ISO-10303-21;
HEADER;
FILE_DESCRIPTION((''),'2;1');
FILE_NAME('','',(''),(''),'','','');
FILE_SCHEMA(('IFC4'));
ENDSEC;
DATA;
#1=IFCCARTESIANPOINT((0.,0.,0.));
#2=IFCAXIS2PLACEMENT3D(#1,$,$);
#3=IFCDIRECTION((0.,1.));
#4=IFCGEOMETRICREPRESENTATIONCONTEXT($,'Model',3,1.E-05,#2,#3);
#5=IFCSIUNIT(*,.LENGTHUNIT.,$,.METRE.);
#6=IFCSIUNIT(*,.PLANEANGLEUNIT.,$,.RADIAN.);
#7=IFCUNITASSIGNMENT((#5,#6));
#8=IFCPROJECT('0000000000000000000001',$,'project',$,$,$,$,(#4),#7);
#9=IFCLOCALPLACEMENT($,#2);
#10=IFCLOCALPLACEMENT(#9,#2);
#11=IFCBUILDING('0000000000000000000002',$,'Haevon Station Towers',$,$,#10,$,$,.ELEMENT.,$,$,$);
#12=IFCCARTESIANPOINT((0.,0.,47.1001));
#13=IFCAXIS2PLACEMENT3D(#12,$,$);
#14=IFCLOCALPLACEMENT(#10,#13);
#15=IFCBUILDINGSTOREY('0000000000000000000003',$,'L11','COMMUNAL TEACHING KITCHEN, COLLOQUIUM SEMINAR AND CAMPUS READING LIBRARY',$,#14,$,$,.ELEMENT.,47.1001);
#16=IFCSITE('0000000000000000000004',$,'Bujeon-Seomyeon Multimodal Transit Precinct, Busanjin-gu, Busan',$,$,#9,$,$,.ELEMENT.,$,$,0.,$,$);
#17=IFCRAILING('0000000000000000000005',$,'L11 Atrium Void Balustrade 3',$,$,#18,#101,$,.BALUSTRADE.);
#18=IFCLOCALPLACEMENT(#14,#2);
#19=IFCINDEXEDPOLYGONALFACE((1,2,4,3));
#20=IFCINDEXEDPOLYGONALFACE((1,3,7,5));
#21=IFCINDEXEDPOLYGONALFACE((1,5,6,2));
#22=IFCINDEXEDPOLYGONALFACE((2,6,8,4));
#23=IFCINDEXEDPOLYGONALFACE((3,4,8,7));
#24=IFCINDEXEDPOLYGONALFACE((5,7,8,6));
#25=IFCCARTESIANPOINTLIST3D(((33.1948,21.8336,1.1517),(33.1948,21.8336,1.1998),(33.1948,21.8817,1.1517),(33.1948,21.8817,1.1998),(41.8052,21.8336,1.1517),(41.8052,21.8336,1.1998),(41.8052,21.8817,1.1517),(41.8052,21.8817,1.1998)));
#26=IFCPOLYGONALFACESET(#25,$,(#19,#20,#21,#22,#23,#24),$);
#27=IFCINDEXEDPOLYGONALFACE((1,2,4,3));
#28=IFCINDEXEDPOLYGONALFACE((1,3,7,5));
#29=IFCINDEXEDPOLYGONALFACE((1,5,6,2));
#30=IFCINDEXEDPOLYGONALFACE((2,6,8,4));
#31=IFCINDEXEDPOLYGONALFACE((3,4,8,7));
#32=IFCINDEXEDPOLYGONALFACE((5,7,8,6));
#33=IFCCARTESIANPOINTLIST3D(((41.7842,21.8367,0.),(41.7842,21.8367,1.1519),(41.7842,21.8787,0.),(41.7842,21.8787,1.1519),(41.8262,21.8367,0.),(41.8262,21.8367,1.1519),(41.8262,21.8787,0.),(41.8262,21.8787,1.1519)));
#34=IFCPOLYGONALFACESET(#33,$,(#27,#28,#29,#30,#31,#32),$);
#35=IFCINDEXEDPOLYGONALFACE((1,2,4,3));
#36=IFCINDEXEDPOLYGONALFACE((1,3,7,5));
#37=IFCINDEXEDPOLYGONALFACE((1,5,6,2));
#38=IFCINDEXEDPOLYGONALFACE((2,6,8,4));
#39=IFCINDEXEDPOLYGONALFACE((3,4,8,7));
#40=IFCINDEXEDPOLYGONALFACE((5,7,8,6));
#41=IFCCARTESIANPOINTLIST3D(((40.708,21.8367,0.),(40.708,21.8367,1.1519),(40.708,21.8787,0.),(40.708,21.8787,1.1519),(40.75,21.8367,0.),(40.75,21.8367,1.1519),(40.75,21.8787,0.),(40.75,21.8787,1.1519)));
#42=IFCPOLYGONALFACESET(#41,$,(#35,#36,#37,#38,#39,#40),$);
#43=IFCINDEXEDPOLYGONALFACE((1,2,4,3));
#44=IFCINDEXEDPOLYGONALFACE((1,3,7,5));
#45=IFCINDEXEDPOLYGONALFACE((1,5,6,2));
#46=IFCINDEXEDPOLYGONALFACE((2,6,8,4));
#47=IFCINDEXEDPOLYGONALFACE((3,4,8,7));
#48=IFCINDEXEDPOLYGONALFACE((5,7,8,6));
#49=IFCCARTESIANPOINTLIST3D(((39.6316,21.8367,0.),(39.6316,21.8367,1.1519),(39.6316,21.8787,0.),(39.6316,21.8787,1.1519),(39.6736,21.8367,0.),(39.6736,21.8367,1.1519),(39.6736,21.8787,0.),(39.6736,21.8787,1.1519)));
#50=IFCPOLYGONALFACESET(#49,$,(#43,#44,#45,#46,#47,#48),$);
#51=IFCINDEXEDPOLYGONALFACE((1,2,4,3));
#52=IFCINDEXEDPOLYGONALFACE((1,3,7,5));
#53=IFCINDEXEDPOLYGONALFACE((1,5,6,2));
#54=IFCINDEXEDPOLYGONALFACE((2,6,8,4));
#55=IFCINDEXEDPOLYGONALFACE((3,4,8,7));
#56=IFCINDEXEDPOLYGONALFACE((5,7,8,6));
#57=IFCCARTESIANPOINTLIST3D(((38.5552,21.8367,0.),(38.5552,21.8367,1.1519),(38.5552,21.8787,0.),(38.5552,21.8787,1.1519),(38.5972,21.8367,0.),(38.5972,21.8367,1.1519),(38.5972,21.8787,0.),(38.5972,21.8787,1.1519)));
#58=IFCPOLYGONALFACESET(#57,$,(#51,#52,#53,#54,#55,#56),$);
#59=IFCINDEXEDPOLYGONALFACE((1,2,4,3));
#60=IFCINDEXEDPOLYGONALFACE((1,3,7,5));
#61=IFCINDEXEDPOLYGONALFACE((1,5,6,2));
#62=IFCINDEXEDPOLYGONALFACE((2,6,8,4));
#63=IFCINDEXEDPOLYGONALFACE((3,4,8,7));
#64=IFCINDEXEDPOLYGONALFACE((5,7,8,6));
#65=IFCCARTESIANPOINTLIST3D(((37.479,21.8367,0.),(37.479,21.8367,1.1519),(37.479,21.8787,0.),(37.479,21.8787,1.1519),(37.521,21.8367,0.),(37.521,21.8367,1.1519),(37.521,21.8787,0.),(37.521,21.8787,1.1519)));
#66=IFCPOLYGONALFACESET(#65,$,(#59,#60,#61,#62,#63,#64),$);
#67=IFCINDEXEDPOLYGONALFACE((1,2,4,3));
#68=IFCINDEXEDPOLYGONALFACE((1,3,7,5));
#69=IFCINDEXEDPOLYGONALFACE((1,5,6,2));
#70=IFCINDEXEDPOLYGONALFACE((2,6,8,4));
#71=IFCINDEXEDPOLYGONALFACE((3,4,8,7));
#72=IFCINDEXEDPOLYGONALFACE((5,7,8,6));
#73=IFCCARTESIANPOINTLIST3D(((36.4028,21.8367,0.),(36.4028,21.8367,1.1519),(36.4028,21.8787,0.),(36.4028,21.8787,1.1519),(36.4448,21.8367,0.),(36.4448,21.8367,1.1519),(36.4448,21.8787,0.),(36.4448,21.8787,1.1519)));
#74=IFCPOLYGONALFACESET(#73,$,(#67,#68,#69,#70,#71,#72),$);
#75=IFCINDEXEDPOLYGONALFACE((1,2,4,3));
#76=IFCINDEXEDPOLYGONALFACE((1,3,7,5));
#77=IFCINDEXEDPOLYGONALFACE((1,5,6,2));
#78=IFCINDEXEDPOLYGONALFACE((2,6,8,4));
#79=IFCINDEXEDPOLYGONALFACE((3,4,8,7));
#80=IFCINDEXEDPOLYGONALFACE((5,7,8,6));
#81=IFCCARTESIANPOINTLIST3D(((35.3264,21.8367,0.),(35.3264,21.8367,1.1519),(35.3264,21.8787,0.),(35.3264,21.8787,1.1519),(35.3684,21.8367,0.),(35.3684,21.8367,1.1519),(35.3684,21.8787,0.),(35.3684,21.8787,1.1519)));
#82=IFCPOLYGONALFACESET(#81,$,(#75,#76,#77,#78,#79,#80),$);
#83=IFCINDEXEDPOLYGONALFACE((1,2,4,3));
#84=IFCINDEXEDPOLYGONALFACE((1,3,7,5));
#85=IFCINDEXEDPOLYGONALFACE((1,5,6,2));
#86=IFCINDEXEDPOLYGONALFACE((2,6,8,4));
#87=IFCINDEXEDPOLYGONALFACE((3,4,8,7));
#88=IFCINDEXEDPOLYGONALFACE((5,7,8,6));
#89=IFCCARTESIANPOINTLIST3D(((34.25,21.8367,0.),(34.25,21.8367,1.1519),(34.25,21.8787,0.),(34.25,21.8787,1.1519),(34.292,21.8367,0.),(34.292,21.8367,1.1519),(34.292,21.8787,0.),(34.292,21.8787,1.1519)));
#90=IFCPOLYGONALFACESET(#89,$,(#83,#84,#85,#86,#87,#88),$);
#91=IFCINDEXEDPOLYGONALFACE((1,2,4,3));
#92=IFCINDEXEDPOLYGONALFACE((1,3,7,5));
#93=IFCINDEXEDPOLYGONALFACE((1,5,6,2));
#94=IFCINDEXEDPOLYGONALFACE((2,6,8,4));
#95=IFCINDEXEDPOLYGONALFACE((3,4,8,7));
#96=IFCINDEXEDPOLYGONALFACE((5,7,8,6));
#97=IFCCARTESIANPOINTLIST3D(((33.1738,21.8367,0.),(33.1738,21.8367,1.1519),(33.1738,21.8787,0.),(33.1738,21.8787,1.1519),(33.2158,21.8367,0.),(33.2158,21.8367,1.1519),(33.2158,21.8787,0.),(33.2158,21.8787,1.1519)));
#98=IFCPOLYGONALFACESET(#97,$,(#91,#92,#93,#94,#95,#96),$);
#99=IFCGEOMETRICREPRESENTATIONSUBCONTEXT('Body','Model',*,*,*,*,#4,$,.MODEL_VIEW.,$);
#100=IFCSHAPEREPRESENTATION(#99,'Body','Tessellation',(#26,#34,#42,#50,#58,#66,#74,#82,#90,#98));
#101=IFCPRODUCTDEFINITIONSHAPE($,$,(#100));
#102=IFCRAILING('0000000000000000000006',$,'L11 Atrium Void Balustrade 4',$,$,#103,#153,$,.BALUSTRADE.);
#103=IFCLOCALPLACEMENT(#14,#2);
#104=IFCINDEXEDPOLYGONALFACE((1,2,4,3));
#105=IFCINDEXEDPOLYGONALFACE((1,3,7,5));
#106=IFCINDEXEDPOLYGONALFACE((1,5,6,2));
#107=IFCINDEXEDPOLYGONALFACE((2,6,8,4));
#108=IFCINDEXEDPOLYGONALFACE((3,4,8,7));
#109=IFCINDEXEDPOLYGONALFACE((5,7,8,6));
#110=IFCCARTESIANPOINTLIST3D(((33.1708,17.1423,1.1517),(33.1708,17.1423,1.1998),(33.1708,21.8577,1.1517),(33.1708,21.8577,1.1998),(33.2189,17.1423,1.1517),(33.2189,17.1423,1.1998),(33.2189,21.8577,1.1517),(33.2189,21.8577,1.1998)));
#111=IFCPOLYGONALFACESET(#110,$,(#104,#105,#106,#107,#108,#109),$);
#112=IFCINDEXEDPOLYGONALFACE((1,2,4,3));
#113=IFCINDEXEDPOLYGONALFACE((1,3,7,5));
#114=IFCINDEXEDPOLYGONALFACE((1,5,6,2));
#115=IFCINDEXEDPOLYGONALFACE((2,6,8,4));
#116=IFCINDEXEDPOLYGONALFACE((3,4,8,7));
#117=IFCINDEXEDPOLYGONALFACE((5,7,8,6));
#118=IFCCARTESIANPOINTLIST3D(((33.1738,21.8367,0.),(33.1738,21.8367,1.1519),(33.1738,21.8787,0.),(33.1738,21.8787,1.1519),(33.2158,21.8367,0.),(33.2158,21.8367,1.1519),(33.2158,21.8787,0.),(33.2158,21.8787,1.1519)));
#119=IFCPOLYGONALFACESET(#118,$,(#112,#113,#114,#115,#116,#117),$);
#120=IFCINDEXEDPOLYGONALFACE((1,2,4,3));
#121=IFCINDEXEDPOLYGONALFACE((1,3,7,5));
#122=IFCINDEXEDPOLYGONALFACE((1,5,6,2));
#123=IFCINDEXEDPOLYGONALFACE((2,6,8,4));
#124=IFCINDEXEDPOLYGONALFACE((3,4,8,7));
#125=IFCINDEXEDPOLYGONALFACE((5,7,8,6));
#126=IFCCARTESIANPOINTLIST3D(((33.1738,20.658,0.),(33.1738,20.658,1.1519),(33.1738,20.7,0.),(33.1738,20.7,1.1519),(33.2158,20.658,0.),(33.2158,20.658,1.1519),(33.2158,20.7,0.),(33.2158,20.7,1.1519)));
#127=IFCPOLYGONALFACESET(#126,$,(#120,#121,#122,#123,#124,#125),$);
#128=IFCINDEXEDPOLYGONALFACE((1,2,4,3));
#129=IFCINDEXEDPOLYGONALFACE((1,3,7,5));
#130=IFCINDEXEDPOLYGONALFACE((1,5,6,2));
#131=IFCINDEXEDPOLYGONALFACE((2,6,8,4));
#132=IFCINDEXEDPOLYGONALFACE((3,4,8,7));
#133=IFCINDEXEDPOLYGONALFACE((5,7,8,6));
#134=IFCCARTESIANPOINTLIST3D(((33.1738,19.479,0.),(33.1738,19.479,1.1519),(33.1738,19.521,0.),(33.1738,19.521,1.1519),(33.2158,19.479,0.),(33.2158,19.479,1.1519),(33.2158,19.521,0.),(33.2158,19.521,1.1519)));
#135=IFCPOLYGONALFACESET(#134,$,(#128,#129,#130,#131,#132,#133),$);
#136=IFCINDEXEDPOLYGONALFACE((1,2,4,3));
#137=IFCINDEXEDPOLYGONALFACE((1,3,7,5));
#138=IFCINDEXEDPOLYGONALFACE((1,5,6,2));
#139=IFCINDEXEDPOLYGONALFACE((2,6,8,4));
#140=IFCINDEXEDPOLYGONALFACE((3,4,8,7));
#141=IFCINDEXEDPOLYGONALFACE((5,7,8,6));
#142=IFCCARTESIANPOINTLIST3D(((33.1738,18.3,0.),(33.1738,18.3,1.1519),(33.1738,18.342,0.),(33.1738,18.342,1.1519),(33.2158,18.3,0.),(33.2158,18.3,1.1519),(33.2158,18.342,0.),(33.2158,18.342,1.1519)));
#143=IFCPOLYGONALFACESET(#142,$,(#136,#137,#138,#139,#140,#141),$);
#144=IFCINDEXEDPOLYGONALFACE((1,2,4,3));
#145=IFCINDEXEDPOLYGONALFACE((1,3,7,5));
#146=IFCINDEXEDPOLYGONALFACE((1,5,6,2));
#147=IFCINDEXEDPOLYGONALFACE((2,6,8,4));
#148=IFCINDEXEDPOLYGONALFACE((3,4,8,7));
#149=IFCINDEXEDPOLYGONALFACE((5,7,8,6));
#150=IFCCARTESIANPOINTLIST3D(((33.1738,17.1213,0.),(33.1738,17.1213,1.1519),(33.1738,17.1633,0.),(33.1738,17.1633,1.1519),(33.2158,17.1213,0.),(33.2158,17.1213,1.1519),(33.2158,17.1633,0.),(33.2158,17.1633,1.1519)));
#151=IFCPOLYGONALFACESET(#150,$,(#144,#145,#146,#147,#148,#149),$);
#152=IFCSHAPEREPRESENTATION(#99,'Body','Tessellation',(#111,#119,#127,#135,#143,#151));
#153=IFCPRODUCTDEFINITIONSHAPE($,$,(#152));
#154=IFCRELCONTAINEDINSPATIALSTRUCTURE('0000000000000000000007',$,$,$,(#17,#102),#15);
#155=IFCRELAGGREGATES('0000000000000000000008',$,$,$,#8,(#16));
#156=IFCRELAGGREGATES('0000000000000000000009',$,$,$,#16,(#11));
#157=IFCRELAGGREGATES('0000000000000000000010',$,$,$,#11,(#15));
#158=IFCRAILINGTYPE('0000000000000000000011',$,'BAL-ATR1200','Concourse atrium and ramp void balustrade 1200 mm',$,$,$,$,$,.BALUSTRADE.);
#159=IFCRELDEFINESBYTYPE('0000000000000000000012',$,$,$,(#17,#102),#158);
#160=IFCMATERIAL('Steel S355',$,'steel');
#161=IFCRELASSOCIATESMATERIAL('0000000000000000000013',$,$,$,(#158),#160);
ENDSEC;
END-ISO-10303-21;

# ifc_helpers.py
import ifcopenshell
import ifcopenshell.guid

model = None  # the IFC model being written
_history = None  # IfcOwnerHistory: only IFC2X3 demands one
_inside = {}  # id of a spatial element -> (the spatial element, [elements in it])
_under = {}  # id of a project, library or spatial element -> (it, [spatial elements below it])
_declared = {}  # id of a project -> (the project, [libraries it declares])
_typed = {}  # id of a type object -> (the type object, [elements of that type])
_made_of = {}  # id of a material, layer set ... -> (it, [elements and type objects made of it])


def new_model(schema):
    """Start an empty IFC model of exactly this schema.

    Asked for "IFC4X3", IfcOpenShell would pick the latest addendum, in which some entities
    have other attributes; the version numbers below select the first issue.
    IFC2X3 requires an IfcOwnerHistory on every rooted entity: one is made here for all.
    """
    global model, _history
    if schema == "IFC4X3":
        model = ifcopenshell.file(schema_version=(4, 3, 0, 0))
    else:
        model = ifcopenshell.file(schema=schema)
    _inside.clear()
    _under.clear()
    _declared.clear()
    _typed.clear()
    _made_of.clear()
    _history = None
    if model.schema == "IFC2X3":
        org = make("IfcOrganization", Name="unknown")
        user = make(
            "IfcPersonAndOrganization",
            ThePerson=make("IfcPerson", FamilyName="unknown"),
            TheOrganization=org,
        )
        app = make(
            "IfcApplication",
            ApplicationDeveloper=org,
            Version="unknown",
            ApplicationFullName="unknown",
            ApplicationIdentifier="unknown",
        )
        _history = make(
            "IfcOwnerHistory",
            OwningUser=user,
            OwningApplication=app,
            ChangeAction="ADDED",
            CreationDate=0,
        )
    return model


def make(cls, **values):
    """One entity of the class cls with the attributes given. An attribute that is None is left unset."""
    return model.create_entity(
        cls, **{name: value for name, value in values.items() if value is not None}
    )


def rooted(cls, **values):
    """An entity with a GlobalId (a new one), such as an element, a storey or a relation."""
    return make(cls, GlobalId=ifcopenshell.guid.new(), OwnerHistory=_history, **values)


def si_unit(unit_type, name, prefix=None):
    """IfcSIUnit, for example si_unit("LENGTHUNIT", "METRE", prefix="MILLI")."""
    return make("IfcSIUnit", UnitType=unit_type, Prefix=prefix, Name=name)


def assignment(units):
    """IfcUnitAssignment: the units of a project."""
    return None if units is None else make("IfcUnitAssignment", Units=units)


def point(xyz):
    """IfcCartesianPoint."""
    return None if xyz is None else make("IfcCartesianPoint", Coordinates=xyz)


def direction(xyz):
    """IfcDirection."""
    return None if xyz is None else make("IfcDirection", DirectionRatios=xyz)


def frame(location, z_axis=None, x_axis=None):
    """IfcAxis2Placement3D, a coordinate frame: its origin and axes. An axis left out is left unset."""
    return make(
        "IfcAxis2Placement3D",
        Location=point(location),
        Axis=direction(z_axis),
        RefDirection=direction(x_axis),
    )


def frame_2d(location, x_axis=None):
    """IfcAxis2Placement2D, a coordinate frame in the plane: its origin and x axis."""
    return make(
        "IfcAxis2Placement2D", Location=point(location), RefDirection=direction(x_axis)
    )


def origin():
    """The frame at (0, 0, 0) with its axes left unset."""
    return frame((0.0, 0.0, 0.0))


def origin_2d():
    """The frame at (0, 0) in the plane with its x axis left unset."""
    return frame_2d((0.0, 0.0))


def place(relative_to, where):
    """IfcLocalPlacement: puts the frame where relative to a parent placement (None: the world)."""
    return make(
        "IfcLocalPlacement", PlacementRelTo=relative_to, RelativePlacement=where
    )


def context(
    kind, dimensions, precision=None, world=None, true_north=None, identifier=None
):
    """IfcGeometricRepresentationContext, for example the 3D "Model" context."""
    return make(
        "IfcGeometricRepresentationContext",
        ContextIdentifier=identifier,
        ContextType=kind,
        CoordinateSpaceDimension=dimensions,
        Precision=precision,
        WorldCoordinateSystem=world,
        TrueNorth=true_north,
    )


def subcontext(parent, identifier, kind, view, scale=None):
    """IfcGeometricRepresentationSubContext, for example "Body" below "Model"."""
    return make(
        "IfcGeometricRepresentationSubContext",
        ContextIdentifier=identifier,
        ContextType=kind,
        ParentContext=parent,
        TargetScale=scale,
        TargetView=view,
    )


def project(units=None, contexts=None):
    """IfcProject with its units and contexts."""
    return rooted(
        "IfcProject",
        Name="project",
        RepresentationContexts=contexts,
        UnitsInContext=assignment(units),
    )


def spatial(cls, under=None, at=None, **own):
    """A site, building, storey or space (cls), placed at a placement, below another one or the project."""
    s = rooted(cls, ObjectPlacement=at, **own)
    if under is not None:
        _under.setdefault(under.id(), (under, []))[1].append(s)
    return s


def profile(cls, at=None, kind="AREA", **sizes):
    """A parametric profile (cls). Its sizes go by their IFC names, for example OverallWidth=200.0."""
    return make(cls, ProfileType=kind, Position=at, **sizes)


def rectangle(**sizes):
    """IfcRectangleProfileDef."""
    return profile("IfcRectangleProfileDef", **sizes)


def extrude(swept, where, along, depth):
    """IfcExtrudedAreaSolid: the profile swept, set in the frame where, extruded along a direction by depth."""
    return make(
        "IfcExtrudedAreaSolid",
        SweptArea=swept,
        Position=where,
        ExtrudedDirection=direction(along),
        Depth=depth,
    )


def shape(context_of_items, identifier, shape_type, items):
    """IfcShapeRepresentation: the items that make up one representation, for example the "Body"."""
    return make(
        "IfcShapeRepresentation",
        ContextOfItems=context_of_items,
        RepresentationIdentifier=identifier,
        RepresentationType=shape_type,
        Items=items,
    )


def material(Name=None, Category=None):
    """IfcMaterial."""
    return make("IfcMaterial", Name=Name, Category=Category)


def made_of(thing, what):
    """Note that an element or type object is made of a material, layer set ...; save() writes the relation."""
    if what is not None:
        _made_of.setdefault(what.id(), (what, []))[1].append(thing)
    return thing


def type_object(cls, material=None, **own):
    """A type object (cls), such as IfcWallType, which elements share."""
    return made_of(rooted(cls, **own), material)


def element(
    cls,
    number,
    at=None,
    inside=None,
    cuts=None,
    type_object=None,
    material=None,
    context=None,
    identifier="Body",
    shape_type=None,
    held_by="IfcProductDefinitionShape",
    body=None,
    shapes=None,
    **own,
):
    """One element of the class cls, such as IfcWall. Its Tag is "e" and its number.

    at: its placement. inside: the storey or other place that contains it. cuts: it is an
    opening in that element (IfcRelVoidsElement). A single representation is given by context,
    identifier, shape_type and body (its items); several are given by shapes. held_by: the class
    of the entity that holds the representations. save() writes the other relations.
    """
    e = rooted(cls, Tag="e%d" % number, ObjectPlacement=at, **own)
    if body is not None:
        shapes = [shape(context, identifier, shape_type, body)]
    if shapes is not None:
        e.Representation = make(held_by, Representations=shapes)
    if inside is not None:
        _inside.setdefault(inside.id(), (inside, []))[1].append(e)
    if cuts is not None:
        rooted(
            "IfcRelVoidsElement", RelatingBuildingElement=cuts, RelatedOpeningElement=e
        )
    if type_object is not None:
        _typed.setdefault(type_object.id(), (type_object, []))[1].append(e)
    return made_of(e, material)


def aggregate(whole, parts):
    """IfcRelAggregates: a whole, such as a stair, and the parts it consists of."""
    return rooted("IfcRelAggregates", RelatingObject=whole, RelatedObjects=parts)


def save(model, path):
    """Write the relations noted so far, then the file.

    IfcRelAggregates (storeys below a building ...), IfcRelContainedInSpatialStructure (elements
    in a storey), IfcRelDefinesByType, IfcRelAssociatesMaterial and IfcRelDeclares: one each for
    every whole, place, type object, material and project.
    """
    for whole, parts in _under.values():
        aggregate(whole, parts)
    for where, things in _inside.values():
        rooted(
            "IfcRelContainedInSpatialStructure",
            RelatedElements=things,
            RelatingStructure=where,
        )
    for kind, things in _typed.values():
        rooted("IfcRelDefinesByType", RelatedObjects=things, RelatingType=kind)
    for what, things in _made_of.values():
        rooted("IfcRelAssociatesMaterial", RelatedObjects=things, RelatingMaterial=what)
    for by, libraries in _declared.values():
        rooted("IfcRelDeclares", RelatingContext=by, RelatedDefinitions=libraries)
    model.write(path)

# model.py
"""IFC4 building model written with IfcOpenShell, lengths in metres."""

from ifc_helpers import new_model, si_unit, direction, frame, origin, origin_2d, place, context, subcontext, project, spatial, rectangle, extrude, material, type_object, element, save


model = new_model("IFC4")

# Units and contexts
model_context = context("Model", 3, precision=1e-05, world=origin(), true_north=direction((0.0, 1.0)))
body_context = subcontext(model_context, "Body", "Model", "MODEL_VIEW")
ifc_project = project(units=[si_unit("LENGTHUNIT", "METRE"), si_unit("PLANEANGLEUNIT", "RADIAN")], contexts=[model_context])

# Site, building, storey
site_placement = place(None, origin())
site = spatial("IfcSite", under=ifc_project, at=site_placement, Name="Bujeon-Seomyeon Multimodal Transit Precinct, Busanjin-gu, Busan", CompositionType="ELEMENT", RefElevation=0.0)
building_placement = place(site_placement, origin())
building = spatial("IfcBuilding", under=site, at=building_placement, Name="Haevon Station Towers", CompositionType="ELEMENT")
storey_placement = place(building_placement, frame((0.0, 0.0, 47.1001)))
storey = spatial("IfcBuildingStorey", under=building, at=storey_placement, Name="L11", Description="COMMUNAL TEACHING KITCHEN, COLLOQUIUM SEMINAR AND CAMPUS READING LIBRARY", CompositionType="ELEMENT", Elevation=47.1001)

# Shared definitions
ifc_material_1 = material(Name="Steel S355", Category="steel")

# Railings
railing_type = type_object("IfcRailingType", Name="BAL-ATR1200", Description="Concourse atrium and ramp void balustrade 1200 mm", PredefinedType="BALUSTRADE", material=ifc_material_1)
railing_1_placement = place(storey_placement, frame((41.8052, 21.8577, 0.0)))
element("IfcRailing", 1, at=railing_1_placement, inside=storey, type_object=railing_type, Name="L11 Atrium Void Balustrade 3", PredefinedType="BALUSTRADE", context=body_context, shape_type="SweptSolid", body=[
    extrude(rectangle(XDim=0.0481, YDim=0.0481, at=origin_2d()), frame((0.0, 0.0, 1.1758), z_axis=(-1.0, 0.0, 0.0), x_axis=(0.0, -1.0, 0.0)), (0.0, 0.0, 1.0), 8.6104),
    extrude(rectangle(XDim=0.042, YDim=0.042, at=origin_2d()), origin(), (0.0, 0.0, 1.0), 1.1519),
    extrude(rectangle(XDim=0.042, YDim=0.042, at=origin_2d()), frame((-1.0762, 0.0, 0.0)), (0.0, 0.0, 1.0), 1.1519),
    extrude(rectangle(XDim=0.042, YDim=0.042, at=origin_2d()), frame((-2.1526, 0.0, 0.0)), (0.0, 0.0, 1.0), 1.1519),
    extrude(rectangle(XDim=0.042, YDim=0.042, at=origin_2d()), frame((-3.229, 0.0, 0.0)), (0.0, 0.0, 1.0), 1.1519),
    extrude(rectangle(XDim=0.042, YDim=0.042, at=origin_2d()), frame((-4.3052, 0.0, 0.0)), (0.0, 0.0, 1.0), 1.1519),
    extrude(rectangle(XDim=0.042, YDim=0.042, at=origin_2d()), frame((-5.3813, 0.0, 0.0)), (0.0, 0.0, 1.0), 1.1519),
    extrude(rectangle(XDim=0.042, YDim=0.042, at=origin_2d()), frame((-6.4578, 0.0, 0.0)), (0.0, 0.0, 1.0), 1.1519),
    extrude(rectangle(XDim=0.042, YDim=0.042, at=origin_2d()), frame((-7.5342, 0.0, 0.0)), (0.0, 0.0, 1.0), 1.1519),
    extrude(rectangle(XDim=0.042, YDim=0.042, at=origin_2d()), frame((-8.6104, 0.0, 0.0)), (0.0, 0.0, 1.0), 1.1519),
])
railing_2_placement = place(storey_placement, frame((33.1948, 21.8577, 0.0)))
element("IfcRailing", 2, at=railing_2_placement, inside=storey, type_object=railing_type, Name="L11 Atrium Void Balustrade 4", PredefinedType="BALUSTRADE", context=body_context, shape_type="SweptSolid", body=[
    extrude(rectangle(XDim=0.0481, YDim=0.0481, at=origin_2d()), frame((0.0, 0.0, 1.1758), z_axis=(0.0, -1.0, 0.0), x_axis=(1.0, 0.0, 0.0)), (0.0, 0.0, 1.0), 4.7153),
    extrude(rectangle(XDim=0.042, YDim=0.042, at=origin_2d()), origin(), (0.0, 0.0, 1.0), 1.1519),
    extrude(rectangle(XDim=0.042, YDim=0.042, at=origin_2d()), frame((0.0, -1.1787, 0.0)), (0.0, 0.0, 1.0), 1.1519),
    extrude(rectangle(XDim=0.042, YDim=0.042, at=origin_2d()), frame((0.0, -2.3577, 0.0)), (0.0, 0.0, 1.0), 1.1519),
    extrude(rectangle(XDim=0.042, YDim=0.042, at=origin_2d()), frame((0.0, -3.5366, 0.0)), (0.0, 0.0, 1.0), 1.1519),
    extrude(rectangle(XDim=0.042, YDim=0.042, at=origin_2d()), frame((0.0, -4.7153, 0.0)), (0.0, 0.0, 1.0), 1.1519),
])

save(model, "model.ifc")
